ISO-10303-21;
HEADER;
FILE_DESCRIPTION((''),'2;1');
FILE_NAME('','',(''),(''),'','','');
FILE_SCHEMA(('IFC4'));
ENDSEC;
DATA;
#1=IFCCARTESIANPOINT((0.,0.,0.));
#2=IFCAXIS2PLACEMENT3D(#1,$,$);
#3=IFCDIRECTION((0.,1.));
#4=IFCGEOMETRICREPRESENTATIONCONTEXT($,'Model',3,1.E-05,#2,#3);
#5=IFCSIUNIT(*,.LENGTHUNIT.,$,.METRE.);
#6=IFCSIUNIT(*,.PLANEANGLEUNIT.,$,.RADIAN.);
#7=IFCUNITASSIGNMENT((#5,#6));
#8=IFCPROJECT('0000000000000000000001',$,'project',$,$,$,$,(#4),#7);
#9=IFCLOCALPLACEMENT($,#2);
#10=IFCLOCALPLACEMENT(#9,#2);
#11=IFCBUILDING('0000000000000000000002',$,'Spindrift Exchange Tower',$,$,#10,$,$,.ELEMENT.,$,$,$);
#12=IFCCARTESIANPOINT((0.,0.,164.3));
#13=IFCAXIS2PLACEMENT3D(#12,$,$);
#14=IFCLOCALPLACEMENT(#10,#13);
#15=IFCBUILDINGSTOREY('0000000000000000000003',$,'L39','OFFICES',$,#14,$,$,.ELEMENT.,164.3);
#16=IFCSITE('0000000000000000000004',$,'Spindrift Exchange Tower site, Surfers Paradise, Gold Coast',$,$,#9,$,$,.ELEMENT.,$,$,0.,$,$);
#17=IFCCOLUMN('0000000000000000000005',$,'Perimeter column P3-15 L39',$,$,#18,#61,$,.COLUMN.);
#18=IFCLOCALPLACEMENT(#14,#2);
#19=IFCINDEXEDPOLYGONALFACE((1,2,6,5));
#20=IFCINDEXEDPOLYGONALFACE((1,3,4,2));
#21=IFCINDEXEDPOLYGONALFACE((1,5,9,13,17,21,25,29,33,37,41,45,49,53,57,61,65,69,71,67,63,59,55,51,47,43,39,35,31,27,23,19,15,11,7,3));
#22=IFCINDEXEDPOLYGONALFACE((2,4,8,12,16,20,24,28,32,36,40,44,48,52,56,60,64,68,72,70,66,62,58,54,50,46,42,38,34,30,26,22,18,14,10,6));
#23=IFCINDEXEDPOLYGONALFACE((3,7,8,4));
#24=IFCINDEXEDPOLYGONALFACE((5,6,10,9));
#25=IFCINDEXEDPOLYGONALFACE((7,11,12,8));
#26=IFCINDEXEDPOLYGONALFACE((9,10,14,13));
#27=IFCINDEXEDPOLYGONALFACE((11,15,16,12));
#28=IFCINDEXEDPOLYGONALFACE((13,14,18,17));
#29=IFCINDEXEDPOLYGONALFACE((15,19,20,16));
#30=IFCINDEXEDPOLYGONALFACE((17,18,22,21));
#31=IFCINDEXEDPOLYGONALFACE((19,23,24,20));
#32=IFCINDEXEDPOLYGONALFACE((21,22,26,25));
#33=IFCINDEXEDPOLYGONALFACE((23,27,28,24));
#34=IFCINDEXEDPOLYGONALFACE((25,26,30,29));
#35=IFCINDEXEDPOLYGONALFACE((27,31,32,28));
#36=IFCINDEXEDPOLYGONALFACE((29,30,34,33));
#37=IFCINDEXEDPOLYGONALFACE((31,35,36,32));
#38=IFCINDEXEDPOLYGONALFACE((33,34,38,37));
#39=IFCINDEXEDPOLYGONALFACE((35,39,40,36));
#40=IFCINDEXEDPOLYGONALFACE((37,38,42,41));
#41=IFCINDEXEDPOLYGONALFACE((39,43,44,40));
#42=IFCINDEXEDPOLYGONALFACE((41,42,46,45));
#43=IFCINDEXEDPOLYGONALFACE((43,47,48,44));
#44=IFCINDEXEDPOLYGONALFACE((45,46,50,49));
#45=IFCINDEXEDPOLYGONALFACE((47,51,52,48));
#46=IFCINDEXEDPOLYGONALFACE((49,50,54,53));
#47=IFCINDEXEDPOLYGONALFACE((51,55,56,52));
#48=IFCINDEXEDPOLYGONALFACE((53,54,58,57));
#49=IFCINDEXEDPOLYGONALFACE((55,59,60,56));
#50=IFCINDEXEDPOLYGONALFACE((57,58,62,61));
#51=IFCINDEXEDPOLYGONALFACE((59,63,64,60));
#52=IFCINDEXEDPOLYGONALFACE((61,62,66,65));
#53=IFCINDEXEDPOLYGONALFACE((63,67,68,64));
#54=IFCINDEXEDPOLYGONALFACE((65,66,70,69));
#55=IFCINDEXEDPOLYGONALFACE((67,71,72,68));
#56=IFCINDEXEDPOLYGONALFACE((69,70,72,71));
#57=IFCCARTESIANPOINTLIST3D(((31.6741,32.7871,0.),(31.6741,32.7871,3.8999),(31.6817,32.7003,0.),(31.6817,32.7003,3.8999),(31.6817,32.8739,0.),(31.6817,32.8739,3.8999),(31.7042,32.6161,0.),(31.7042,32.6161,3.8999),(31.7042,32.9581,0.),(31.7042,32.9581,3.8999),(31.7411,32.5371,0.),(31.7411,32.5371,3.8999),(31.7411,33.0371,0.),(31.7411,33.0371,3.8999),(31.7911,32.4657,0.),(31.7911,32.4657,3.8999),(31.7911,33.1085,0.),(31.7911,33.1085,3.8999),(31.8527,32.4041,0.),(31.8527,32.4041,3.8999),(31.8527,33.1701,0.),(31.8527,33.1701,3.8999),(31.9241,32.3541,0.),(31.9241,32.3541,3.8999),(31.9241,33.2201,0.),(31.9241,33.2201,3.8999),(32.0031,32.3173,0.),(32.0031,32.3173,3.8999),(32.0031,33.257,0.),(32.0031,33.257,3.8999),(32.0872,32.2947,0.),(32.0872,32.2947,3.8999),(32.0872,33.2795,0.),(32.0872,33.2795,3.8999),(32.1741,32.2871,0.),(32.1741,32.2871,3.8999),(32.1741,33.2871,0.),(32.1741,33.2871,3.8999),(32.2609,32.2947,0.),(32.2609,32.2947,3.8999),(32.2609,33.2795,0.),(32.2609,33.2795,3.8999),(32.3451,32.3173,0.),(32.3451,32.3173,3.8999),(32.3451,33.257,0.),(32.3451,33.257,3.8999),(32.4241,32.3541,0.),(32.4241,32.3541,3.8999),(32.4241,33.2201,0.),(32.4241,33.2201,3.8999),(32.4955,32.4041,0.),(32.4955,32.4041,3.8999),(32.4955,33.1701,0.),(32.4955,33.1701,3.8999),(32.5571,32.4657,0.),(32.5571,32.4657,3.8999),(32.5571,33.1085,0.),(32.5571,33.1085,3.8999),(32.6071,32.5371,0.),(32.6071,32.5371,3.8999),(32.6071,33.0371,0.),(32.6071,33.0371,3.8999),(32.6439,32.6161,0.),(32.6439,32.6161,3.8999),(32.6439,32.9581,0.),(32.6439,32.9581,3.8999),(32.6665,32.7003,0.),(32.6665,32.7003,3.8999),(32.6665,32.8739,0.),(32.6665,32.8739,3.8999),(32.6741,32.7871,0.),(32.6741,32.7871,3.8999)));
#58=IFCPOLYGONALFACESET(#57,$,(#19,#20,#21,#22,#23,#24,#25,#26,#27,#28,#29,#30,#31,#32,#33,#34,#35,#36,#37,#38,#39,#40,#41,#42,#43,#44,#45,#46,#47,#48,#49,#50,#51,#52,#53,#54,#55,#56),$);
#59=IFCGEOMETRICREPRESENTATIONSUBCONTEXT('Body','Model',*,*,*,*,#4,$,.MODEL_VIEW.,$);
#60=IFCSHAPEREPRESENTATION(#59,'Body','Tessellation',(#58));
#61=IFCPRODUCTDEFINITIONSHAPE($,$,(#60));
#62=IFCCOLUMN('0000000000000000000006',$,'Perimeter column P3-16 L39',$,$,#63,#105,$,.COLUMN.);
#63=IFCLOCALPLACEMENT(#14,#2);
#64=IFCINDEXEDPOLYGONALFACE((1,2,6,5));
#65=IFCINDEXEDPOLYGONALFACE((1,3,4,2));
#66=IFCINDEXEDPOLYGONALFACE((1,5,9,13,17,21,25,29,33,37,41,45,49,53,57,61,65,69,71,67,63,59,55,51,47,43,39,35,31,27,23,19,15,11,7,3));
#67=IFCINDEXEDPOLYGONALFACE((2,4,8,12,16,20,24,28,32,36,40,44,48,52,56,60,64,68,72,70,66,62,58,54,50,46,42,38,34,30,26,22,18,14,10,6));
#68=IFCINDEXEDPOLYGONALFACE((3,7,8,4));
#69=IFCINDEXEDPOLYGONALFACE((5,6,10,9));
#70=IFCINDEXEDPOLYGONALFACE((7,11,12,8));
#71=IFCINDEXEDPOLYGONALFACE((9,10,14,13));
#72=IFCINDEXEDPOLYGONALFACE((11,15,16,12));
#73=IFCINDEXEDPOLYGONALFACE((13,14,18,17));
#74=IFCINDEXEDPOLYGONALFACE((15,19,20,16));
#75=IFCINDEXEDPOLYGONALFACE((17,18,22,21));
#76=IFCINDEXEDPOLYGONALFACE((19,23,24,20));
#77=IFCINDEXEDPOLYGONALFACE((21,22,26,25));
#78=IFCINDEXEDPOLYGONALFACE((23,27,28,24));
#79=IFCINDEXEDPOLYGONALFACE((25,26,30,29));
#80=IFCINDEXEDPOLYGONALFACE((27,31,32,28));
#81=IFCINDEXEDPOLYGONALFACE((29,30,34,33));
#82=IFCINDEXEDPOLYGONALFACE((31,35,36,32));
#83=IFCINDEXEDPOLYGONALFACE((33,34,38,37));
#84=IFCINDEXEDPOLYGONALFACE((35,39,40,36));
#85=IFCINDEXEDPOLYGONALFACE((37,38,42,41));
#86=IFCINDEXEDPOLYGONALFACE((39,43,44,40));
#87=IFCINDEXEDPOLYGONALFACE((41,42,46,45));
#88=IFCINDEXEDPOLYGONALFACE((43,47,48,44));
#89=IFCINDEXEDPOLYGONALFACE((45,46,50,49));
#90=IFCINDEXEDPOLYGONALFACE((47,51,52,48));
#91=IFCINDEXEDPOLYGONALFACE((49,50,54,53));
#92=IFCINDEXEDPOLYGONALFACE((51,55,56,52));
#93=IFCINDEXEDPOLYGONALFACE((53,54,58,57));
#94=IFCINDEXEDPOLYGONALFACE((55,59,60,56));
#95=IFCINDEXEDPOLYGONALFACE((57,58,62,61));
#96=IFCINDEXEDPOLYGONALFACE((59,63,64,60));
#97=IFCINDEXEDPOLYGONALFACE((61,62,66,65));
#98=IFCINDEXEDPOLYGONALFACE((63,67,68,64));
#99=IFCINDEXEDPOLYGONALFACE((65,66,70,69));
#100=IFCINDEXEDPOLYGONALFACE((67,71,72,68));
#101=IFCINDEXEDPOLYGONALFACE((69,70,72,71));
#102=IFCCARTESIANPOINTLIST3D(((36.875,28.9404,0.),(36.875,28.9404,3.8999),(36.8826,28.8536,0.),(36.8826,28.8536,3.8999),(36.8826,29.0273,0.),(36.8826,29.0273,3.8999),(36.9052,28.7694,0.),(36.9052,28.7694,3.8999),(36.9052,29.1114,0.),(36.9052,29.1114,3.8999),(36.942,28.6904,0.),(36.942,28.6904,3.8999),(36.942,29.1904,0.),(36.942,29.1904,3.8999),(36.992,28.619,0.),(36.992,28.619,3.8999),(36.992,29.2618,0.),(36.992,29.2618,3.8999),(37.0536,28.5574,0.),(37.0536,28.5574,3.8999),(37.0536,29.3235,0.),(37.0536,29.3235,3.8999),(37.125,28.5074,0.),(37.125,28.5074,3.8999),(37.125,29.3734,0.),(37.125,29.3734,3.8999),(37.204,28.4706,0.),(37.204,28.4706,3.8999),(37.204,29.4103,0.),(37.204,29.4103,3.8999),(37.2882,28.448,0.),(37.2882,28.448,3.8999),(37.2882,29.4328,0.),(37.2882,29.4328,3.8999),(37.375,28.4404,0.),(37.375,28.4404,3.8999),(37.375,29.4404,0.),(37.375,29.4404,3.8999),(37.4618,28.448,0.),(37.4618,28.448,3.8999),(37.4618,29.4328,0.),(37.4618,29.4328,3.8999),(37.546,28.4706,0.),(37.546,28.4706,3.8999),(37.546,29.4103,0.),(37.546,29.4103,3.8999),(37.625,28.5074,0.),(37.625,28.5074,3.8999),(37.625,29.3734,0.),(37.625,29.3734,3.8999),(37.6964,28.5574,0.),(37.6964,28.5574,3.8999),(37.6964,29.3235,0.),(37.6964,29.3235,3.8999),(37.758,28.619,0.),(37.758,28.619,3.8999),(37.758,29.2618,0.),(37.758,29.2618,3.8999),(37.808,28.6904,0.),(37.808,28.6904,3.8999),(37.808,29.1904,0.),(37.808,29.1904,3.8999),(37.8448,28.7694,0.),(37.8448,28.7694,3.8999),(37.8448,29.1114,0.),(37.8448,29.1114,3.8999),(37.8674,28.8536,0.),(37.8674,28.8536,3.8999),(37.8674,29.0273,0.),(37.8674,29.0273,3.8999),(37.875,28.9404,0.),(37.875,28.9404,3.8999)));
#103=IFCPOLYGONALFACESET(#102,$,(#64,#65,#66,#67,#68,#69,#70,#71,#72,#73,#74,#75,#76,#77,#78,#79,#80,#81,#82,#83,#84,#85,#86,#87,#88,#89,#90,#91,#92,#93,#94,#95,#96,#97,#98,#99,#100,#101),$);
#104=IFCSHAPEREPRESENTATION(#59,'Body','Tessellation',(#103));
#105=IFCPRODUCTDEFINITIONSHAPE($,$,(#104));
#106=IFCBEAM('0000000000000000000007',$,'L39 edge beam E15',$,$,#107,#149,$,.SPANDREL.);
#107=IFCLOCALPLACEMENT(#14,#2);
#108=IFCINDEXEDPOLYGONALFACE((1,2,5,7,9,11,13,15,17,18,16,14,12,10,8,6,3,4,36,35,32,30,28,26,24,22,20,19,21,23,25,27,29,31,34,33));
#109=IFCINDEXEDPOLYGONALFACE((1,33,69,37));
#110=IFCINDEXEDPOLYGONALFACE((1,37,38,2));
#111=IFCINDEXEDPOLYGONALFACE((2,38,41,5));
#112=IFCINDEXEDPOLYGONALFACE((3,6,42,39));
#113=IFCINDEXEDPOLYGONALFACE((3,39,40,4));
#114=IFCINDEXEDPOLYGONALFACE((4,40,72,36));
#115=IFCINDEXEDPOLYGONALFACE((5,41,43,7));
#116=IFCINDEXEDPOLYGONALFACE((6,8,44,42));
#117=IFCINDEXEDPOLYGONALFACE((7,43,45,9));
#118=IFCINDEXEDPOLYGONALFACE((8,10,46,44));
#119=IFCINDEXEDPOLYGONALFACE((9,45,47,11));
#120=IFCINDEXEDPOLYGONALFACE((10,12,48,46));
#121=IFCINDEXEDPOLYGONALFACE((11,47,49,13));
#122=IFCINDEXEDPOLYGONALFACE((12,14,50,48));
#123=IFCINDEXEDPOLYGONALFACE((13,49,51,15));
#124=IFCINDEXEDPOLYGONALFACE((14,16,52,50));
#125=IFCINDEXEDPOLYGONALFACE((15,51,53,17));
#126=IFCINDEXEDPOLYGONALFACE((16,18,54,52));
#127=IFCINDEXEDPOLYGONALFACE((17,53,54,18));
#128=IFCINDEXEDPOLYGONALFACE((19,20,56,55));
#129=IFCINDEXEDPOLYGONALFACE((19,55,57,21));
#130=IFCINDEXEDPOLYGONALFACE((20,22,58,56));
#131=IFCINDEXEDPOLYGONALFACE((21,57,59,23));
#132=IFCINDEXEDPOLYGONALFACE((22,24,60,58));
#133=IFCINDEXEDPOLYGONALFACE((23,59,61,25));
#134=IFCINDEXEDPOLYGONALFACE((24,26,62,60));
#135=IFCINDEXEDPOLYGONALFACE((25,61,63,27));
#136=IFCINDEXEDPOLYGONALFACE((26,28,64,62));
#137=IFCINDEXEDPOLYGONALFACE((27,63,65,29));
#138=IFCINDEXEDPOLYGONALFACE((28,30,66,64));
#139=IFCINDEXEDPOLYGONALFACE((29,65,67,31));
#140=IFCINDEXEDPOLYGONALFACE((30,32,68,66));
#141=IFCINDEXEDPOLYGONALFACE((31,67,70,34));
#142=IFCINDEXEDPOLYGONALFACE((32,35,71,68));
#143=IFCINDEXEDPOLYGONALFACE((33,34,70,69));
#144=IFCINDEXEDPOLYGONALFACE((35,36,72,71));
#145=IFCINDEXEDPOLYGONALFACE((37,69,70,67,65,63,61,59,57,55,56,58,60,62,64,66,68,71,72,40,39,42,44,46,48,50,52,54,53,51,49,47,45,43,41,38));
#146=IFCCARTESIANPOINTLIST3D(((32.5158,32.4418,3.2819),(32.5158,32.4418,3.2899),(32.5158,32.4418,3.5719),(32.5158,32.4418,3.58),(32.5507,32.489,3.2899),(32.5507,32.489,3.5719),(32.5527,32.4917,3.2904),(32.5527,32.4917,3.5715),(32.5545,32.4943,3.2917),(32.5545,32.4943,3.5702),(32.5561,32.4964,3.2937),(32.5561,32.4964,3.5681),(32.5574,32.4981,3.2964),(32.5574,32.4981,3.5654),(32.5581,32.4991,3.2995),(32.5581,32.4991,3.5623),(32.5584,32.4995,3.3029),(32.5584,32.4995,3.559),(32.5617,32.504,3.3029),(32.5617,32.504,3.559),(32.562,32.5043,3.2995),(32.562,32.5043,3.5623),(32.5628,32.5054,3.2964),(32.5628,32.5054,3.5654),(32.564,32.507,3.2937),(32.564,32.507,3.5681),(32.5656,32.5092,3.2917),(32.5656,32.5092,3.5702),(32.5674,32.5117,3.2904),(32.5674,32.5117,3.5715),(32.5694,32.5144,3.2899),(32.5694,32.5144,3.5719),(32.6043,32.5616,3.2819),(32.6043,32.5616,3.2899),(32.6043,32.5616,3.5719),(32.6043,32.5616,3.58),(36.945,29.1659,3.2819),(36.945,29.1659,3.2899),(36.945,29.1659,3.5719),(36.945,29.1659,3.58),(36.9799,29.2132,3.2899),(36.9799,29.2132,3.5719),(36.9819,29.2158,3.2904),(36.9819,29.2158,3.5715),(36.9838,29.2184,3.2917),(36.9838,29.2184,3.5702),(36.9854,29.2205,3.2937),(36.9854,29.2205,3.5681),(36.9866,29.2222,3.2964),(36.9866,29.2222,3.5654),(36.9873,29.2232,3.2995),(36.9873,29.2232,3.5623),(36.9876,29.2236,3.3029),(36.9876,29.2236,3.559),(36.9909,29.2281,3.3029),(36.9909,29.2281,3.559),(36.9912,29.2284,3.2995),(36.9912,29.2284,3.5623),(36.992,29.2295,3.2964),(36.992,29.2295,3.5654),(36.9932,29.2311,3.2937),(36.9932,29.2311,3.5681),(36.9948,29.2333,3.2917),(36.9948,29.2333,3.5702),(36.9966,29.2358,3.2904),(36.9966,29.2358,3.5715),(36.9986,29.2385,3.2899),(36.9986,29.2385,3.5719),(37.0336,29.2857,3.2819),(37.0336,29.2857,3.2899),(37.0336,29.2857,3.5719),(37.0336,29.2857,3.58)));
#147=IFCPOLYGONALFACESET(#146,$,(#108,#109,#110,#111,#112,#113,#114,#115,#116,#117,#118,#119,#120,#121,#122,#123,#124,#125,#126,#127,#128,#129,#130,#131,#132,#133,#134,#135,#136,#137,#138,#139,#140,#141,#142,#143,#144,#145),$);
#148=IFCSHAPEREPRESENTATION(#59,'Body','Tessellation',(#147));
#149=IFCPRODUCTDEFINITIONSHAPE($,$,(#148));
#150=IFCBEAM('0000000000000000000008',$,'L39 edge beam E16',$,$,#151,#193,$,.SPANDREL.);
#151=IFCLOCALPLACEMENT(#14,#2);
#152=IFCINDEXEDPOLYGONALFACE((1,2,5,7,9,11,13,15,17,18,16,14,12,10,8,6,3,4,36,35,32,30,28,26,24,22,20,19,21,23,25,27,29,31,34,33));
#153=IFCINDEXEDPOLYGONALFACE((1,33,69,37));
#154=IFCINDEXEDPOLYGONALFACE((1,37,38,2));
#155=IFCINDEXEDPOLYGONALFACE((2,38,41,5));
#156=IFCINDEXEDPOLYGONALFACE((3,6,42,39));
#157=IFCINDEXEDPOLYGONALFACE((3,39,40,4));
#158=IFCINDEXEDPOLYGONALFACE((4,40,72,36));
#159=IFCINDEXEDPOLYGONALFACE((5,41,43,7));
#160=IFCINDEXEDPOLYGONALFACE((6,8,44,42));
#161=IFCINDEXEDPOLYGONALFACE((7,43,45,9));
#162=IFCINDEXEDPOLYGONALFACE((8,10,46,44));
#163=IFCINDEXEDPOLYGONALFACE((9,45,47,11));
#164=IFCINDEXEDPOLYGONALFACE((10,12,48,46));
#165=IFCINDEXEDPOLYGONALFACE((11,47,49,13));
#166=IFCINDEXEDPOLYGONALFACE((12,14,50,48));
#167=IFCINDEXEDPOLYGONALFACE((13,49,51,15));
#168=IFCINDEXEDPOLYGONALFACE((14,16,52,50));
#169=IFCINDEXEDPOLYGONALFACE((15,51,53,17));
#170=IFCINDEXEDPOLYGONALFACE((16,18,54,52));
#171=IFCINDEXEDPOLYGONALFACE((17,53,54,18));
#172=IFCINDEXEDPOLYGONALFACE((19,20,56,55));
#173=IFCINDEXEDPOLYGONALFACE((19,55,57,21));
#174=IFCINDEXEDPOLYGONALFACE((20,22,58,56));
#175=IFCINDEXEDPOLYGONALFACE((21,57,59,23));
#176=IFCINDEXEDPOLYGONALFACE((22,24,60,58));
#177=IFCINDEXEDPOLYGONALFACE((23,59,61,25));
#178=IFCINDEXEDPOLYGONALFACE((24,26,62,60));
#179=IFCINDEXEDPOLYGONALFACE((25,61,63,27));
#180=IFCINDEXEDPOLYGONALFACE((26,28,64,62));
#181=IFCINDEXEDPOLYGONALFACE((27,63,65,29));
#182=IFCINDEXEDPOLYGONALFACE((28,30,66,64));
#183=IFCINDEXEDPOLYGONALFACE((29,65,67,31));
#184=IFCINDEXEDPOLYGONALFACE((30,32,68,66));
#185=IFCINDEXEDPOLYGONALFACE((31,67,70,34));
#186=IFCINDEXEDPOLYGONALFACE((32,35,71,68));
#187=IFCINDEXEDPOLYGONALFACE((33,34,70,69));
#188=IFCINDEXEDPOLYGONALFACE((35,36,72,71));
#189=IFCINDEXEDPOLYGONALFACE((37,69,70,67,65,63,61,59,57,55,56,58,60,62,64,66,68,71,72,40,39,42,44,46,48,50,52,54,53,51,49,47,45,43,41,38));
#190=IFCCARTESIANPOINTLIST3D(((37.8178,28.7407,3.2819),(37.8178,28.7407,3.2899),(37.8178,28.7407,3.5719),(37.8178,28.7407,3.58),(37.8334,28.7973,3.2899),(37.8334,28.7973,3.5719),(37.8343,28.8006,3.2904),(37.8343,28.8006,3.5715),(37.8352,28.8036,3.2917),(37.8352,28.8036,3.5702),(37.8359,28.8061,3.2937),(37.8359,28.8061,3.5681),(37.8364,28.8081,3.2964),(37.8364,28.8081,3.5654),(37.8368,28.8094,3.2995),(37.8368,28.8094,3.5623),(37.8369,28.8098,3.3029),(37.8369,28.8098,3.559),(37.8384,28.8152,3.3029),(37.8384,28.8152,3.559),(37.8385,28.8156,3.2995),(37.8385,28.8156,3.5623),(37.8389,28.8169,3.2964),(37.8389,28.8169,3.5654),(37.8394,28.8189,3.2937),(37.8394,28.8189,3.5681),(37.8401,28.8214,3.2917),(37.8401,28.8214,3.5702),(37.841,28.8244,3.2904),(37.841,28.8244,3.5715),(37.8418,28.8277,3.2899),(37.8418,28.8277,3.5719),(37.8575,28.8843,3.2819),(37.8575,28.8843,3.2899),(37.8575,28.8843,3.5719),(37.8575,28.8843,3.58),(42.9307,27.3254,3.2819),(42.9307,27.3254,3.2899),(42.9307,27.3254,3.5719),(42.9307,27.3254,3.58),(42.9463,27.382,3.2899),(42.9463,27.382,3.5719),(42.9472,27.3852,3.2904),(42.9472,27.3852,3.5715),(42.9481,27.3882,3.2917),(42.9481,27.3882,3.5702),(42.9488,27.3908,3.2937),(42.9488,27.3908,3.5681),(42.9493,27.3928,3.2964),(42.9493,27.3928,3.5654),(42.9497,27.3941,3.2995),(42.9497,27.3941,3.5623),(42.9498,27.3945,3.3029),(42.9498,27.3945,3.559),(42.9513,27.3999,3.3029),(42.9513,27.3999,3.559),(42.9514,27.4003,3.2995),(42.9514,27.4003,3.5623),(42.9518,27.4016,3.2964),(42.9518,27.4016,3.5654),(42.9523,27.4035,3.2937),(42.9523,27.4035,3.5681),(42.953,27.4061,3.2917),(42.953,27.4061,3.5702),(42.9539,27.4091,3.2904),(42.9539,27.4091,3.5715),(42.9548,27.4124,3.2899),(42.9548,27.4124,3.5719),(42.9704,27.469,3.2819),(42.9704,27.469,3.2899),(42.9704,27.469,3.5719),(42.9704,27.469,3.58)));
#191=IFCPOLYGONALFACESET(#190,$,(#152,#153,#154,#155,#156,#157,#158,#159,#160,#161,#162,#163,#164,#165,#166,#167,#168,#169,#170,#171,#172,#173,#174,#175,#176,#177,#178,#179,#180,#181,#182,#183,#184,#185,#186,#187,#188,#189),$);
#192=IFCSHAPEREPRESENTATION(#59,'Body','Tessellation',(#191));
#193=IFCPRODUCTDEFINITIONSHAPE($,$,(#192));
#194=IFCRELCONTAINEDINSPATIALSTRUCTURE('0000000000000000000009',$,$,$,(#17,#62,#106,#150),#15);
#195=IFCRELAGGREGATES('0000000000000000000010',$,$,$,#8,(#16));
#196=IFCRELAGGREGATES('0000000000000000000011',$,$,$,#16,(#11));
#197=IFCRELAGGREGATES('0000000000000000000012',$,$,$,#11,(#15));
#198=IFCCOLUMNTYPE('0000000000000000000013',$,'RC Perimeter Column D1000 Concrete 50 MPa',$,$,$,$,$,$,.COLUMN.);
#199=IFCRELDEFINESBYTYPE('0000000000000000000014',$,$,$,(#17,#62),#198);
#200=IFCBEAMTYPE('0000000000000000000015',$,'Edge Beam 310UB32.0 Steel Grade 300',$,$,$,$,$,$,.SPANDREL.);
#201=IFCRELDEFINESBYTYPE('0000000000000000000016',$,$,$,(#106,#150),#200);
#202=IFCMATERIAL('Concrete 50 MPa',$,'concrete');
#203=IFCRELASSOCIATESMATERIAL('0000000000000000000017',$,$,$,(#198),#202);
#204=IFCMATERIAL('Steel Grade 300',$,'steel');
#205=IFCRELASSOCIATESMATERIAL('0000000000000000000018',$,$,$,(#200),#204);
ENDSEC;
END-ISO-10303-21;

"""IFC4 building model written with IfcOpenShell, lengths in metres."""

from ifc_helpers import new_model, si_unit, direction, frame, origin, origin_2d, place, context, subcontext, project, spatial, circle, i_section, extrude, source, transform, mapped, material, material_profile, profile_set, type_object, element, save


model = new_model("IFC4")

# Units and contexts
model_context = context("Model", 3, precision=1e-05, world=origin(), true_north=direction((0.0, 1.0)))
body_context = subcontext(model_context, "Body", "Model", "MODEL_VIEW")
ifc_project = project(units=[si_unit("LENGTHUNIT", "METRE"), si_unit("PLANEANGLEUNIT", "RADIAN")], contexts=[model_context])

# Site, building, storey
site_placement = place(None, origin())
site = spatial("IfcSite", under=ifc_project, at=site_placement, Name="Spindrift Exchange Tower site, Surfers Paradise, Gold Coast", CompositionType="ELEMENT", RefElevation=0.0)
building_placement = place(site_placement, origin())
building = spatial("IfcBuilding", under=site, at=building_placement, Name="Spindrift Exchange Tower", CompositionType="ELEMENT")
storey_placement = place(building_placement, frame((0.0, 0.0, 164.3)))
storey = spatial("IfcBuildingStorey", under=building, at=storey_placement, Name="L39", Description="OFFICES", CompositionType="ELEMENT", Elevation=164.3)

# Columns
ifc_material_1 = material(Name="Concrete 50 MPa", Category="concrete")
ifc_material_profile_1 = material_profile(ifc_material_1, circle(Radius=0.5, at=origin_2d()), Name="RC D1000")
ifc_profile_set_1 = profile_set([ifc_material_profile_1], Name="Concrete 50 MPa")
column_type = type_object("IfcColumnType", Name="RC Perimeter Column D1000 Concrete 50 MPa", PredefinedType="COLUMN", material=ifc_profile_set_1)
shared_shape_1 = source(origin(), body_context, "Body", "SweptSolid", [
    extrude(circle(Radius=0.5, at=origin_2d()), origin(), (0.0, 0.0, 1.0), 3.8999),
])
for number, where, z_axis, x_axis, name in (
    (1, (32.1741, 32.7871, 0.0), (0.0, 0.0, 1.0), (1.0, 0.0, 0.0), "Perimeter column P3-15 L39"),
    (2, (37.375, 28.9404, 0.0), (0.0, 0.0, 1.0), (1.0, 0.0, 0.0), "Perimeter column P3-16 L39"),
):
    element("IfcColumn", number, at=place(storey_placement, frame(where, z_axis=z_axis, x_axis=x_axis)), inside=storey, type_object=column_type, Name=name, PredefinedType="COLUMN", context=body_context, shape_type="MappedRepresentation", body=[
        mapped(shared_shape_1, transform((0.0, 0.0, 0.0), scale=1.0)),
    ])

# Beams
ifc_material_2 = material(Name="Steel Grade 300", Category="steel")
ifc_material_profile_2 = material_profile(ifc_material_2, i_section(OverallWidth=0.1489, OverallDepth=0.2981, WebThickness=0.0056, FlangeThickness=0.0081, FilletRadius=0.0129, at=origin_2d()), Name="310UB32.0")
ifc_profile_set_2 = profile_set([ifc_material_profile_2], Name="Steel Grade 300")
beam_type_1 = type_object("IfcBeamType", Name="Edge Beam 310UB32.0 Steel Grade 300", PredefinedType="SPANDREL", material=ifc_profile_set_2)
shared_shape_2 = source(origin(), body_context, "Body", "SweptSolid", [
    extrude(i_section(OverallWidth=0.1489, OverallDepth=0.2981, WebThickness=0.0056, FlangeThickness=0.0081, FilletRadius=0.0129, at=origin_2d()), origin(), (0.0, 0.0, 1.0), 5.509),
])
beam_1_placement = place(storey_placement, frame((32.5601, 32.5017, 3.4309), z_axis=(0.803992, -0.59464, 0.0), x_axis=(0.59464, 0.803992, 0.0)))
element("IfcBeam", 3, at=beam_1_placement, inside=storey, type_object=beam_type_1, Name="L39 edge beam E15", PredefinedType="SPANDREL", context=body_context, shape_type="MappedRepresentation", body=[
    mapped(shared_shape_2, transform((0.0, 0.0, 0.0), scale=1.0)),
])
shared_shape_3 = source(origin(), body_context, "Body", "SweptSolid", [
    extrude(i_section(OverallWidth=0.1489, OverallDepth=0.2981, WebThickness=0.0056, FlangeThickness=0.0081, FilletRadius=0.0129, at=origin_2d()), origin(), (0.0, 0.0, 1.0), 5.3052),
])
beam_2_placement = place(storey_placement, frame((37.8376, 28.8125, 3.4309), z_axis=(0.963758, -0.26678, 0.0), x_axis=(0.26678, 0.963758, 0.0)))
element("IfcBeam", 4, at=beam_2_placement, inside=storey, type_object=beam_type_1, Name="L39 edge beam E16", PredefinedType="SPANDREL", context=body_context, shape_type="MappedRepresentation", body=[
    mapped(shared_shape_3, transform((0.0, 0.0, 0.0), scale=1.0)),
])

save(model, "model.ifc")
